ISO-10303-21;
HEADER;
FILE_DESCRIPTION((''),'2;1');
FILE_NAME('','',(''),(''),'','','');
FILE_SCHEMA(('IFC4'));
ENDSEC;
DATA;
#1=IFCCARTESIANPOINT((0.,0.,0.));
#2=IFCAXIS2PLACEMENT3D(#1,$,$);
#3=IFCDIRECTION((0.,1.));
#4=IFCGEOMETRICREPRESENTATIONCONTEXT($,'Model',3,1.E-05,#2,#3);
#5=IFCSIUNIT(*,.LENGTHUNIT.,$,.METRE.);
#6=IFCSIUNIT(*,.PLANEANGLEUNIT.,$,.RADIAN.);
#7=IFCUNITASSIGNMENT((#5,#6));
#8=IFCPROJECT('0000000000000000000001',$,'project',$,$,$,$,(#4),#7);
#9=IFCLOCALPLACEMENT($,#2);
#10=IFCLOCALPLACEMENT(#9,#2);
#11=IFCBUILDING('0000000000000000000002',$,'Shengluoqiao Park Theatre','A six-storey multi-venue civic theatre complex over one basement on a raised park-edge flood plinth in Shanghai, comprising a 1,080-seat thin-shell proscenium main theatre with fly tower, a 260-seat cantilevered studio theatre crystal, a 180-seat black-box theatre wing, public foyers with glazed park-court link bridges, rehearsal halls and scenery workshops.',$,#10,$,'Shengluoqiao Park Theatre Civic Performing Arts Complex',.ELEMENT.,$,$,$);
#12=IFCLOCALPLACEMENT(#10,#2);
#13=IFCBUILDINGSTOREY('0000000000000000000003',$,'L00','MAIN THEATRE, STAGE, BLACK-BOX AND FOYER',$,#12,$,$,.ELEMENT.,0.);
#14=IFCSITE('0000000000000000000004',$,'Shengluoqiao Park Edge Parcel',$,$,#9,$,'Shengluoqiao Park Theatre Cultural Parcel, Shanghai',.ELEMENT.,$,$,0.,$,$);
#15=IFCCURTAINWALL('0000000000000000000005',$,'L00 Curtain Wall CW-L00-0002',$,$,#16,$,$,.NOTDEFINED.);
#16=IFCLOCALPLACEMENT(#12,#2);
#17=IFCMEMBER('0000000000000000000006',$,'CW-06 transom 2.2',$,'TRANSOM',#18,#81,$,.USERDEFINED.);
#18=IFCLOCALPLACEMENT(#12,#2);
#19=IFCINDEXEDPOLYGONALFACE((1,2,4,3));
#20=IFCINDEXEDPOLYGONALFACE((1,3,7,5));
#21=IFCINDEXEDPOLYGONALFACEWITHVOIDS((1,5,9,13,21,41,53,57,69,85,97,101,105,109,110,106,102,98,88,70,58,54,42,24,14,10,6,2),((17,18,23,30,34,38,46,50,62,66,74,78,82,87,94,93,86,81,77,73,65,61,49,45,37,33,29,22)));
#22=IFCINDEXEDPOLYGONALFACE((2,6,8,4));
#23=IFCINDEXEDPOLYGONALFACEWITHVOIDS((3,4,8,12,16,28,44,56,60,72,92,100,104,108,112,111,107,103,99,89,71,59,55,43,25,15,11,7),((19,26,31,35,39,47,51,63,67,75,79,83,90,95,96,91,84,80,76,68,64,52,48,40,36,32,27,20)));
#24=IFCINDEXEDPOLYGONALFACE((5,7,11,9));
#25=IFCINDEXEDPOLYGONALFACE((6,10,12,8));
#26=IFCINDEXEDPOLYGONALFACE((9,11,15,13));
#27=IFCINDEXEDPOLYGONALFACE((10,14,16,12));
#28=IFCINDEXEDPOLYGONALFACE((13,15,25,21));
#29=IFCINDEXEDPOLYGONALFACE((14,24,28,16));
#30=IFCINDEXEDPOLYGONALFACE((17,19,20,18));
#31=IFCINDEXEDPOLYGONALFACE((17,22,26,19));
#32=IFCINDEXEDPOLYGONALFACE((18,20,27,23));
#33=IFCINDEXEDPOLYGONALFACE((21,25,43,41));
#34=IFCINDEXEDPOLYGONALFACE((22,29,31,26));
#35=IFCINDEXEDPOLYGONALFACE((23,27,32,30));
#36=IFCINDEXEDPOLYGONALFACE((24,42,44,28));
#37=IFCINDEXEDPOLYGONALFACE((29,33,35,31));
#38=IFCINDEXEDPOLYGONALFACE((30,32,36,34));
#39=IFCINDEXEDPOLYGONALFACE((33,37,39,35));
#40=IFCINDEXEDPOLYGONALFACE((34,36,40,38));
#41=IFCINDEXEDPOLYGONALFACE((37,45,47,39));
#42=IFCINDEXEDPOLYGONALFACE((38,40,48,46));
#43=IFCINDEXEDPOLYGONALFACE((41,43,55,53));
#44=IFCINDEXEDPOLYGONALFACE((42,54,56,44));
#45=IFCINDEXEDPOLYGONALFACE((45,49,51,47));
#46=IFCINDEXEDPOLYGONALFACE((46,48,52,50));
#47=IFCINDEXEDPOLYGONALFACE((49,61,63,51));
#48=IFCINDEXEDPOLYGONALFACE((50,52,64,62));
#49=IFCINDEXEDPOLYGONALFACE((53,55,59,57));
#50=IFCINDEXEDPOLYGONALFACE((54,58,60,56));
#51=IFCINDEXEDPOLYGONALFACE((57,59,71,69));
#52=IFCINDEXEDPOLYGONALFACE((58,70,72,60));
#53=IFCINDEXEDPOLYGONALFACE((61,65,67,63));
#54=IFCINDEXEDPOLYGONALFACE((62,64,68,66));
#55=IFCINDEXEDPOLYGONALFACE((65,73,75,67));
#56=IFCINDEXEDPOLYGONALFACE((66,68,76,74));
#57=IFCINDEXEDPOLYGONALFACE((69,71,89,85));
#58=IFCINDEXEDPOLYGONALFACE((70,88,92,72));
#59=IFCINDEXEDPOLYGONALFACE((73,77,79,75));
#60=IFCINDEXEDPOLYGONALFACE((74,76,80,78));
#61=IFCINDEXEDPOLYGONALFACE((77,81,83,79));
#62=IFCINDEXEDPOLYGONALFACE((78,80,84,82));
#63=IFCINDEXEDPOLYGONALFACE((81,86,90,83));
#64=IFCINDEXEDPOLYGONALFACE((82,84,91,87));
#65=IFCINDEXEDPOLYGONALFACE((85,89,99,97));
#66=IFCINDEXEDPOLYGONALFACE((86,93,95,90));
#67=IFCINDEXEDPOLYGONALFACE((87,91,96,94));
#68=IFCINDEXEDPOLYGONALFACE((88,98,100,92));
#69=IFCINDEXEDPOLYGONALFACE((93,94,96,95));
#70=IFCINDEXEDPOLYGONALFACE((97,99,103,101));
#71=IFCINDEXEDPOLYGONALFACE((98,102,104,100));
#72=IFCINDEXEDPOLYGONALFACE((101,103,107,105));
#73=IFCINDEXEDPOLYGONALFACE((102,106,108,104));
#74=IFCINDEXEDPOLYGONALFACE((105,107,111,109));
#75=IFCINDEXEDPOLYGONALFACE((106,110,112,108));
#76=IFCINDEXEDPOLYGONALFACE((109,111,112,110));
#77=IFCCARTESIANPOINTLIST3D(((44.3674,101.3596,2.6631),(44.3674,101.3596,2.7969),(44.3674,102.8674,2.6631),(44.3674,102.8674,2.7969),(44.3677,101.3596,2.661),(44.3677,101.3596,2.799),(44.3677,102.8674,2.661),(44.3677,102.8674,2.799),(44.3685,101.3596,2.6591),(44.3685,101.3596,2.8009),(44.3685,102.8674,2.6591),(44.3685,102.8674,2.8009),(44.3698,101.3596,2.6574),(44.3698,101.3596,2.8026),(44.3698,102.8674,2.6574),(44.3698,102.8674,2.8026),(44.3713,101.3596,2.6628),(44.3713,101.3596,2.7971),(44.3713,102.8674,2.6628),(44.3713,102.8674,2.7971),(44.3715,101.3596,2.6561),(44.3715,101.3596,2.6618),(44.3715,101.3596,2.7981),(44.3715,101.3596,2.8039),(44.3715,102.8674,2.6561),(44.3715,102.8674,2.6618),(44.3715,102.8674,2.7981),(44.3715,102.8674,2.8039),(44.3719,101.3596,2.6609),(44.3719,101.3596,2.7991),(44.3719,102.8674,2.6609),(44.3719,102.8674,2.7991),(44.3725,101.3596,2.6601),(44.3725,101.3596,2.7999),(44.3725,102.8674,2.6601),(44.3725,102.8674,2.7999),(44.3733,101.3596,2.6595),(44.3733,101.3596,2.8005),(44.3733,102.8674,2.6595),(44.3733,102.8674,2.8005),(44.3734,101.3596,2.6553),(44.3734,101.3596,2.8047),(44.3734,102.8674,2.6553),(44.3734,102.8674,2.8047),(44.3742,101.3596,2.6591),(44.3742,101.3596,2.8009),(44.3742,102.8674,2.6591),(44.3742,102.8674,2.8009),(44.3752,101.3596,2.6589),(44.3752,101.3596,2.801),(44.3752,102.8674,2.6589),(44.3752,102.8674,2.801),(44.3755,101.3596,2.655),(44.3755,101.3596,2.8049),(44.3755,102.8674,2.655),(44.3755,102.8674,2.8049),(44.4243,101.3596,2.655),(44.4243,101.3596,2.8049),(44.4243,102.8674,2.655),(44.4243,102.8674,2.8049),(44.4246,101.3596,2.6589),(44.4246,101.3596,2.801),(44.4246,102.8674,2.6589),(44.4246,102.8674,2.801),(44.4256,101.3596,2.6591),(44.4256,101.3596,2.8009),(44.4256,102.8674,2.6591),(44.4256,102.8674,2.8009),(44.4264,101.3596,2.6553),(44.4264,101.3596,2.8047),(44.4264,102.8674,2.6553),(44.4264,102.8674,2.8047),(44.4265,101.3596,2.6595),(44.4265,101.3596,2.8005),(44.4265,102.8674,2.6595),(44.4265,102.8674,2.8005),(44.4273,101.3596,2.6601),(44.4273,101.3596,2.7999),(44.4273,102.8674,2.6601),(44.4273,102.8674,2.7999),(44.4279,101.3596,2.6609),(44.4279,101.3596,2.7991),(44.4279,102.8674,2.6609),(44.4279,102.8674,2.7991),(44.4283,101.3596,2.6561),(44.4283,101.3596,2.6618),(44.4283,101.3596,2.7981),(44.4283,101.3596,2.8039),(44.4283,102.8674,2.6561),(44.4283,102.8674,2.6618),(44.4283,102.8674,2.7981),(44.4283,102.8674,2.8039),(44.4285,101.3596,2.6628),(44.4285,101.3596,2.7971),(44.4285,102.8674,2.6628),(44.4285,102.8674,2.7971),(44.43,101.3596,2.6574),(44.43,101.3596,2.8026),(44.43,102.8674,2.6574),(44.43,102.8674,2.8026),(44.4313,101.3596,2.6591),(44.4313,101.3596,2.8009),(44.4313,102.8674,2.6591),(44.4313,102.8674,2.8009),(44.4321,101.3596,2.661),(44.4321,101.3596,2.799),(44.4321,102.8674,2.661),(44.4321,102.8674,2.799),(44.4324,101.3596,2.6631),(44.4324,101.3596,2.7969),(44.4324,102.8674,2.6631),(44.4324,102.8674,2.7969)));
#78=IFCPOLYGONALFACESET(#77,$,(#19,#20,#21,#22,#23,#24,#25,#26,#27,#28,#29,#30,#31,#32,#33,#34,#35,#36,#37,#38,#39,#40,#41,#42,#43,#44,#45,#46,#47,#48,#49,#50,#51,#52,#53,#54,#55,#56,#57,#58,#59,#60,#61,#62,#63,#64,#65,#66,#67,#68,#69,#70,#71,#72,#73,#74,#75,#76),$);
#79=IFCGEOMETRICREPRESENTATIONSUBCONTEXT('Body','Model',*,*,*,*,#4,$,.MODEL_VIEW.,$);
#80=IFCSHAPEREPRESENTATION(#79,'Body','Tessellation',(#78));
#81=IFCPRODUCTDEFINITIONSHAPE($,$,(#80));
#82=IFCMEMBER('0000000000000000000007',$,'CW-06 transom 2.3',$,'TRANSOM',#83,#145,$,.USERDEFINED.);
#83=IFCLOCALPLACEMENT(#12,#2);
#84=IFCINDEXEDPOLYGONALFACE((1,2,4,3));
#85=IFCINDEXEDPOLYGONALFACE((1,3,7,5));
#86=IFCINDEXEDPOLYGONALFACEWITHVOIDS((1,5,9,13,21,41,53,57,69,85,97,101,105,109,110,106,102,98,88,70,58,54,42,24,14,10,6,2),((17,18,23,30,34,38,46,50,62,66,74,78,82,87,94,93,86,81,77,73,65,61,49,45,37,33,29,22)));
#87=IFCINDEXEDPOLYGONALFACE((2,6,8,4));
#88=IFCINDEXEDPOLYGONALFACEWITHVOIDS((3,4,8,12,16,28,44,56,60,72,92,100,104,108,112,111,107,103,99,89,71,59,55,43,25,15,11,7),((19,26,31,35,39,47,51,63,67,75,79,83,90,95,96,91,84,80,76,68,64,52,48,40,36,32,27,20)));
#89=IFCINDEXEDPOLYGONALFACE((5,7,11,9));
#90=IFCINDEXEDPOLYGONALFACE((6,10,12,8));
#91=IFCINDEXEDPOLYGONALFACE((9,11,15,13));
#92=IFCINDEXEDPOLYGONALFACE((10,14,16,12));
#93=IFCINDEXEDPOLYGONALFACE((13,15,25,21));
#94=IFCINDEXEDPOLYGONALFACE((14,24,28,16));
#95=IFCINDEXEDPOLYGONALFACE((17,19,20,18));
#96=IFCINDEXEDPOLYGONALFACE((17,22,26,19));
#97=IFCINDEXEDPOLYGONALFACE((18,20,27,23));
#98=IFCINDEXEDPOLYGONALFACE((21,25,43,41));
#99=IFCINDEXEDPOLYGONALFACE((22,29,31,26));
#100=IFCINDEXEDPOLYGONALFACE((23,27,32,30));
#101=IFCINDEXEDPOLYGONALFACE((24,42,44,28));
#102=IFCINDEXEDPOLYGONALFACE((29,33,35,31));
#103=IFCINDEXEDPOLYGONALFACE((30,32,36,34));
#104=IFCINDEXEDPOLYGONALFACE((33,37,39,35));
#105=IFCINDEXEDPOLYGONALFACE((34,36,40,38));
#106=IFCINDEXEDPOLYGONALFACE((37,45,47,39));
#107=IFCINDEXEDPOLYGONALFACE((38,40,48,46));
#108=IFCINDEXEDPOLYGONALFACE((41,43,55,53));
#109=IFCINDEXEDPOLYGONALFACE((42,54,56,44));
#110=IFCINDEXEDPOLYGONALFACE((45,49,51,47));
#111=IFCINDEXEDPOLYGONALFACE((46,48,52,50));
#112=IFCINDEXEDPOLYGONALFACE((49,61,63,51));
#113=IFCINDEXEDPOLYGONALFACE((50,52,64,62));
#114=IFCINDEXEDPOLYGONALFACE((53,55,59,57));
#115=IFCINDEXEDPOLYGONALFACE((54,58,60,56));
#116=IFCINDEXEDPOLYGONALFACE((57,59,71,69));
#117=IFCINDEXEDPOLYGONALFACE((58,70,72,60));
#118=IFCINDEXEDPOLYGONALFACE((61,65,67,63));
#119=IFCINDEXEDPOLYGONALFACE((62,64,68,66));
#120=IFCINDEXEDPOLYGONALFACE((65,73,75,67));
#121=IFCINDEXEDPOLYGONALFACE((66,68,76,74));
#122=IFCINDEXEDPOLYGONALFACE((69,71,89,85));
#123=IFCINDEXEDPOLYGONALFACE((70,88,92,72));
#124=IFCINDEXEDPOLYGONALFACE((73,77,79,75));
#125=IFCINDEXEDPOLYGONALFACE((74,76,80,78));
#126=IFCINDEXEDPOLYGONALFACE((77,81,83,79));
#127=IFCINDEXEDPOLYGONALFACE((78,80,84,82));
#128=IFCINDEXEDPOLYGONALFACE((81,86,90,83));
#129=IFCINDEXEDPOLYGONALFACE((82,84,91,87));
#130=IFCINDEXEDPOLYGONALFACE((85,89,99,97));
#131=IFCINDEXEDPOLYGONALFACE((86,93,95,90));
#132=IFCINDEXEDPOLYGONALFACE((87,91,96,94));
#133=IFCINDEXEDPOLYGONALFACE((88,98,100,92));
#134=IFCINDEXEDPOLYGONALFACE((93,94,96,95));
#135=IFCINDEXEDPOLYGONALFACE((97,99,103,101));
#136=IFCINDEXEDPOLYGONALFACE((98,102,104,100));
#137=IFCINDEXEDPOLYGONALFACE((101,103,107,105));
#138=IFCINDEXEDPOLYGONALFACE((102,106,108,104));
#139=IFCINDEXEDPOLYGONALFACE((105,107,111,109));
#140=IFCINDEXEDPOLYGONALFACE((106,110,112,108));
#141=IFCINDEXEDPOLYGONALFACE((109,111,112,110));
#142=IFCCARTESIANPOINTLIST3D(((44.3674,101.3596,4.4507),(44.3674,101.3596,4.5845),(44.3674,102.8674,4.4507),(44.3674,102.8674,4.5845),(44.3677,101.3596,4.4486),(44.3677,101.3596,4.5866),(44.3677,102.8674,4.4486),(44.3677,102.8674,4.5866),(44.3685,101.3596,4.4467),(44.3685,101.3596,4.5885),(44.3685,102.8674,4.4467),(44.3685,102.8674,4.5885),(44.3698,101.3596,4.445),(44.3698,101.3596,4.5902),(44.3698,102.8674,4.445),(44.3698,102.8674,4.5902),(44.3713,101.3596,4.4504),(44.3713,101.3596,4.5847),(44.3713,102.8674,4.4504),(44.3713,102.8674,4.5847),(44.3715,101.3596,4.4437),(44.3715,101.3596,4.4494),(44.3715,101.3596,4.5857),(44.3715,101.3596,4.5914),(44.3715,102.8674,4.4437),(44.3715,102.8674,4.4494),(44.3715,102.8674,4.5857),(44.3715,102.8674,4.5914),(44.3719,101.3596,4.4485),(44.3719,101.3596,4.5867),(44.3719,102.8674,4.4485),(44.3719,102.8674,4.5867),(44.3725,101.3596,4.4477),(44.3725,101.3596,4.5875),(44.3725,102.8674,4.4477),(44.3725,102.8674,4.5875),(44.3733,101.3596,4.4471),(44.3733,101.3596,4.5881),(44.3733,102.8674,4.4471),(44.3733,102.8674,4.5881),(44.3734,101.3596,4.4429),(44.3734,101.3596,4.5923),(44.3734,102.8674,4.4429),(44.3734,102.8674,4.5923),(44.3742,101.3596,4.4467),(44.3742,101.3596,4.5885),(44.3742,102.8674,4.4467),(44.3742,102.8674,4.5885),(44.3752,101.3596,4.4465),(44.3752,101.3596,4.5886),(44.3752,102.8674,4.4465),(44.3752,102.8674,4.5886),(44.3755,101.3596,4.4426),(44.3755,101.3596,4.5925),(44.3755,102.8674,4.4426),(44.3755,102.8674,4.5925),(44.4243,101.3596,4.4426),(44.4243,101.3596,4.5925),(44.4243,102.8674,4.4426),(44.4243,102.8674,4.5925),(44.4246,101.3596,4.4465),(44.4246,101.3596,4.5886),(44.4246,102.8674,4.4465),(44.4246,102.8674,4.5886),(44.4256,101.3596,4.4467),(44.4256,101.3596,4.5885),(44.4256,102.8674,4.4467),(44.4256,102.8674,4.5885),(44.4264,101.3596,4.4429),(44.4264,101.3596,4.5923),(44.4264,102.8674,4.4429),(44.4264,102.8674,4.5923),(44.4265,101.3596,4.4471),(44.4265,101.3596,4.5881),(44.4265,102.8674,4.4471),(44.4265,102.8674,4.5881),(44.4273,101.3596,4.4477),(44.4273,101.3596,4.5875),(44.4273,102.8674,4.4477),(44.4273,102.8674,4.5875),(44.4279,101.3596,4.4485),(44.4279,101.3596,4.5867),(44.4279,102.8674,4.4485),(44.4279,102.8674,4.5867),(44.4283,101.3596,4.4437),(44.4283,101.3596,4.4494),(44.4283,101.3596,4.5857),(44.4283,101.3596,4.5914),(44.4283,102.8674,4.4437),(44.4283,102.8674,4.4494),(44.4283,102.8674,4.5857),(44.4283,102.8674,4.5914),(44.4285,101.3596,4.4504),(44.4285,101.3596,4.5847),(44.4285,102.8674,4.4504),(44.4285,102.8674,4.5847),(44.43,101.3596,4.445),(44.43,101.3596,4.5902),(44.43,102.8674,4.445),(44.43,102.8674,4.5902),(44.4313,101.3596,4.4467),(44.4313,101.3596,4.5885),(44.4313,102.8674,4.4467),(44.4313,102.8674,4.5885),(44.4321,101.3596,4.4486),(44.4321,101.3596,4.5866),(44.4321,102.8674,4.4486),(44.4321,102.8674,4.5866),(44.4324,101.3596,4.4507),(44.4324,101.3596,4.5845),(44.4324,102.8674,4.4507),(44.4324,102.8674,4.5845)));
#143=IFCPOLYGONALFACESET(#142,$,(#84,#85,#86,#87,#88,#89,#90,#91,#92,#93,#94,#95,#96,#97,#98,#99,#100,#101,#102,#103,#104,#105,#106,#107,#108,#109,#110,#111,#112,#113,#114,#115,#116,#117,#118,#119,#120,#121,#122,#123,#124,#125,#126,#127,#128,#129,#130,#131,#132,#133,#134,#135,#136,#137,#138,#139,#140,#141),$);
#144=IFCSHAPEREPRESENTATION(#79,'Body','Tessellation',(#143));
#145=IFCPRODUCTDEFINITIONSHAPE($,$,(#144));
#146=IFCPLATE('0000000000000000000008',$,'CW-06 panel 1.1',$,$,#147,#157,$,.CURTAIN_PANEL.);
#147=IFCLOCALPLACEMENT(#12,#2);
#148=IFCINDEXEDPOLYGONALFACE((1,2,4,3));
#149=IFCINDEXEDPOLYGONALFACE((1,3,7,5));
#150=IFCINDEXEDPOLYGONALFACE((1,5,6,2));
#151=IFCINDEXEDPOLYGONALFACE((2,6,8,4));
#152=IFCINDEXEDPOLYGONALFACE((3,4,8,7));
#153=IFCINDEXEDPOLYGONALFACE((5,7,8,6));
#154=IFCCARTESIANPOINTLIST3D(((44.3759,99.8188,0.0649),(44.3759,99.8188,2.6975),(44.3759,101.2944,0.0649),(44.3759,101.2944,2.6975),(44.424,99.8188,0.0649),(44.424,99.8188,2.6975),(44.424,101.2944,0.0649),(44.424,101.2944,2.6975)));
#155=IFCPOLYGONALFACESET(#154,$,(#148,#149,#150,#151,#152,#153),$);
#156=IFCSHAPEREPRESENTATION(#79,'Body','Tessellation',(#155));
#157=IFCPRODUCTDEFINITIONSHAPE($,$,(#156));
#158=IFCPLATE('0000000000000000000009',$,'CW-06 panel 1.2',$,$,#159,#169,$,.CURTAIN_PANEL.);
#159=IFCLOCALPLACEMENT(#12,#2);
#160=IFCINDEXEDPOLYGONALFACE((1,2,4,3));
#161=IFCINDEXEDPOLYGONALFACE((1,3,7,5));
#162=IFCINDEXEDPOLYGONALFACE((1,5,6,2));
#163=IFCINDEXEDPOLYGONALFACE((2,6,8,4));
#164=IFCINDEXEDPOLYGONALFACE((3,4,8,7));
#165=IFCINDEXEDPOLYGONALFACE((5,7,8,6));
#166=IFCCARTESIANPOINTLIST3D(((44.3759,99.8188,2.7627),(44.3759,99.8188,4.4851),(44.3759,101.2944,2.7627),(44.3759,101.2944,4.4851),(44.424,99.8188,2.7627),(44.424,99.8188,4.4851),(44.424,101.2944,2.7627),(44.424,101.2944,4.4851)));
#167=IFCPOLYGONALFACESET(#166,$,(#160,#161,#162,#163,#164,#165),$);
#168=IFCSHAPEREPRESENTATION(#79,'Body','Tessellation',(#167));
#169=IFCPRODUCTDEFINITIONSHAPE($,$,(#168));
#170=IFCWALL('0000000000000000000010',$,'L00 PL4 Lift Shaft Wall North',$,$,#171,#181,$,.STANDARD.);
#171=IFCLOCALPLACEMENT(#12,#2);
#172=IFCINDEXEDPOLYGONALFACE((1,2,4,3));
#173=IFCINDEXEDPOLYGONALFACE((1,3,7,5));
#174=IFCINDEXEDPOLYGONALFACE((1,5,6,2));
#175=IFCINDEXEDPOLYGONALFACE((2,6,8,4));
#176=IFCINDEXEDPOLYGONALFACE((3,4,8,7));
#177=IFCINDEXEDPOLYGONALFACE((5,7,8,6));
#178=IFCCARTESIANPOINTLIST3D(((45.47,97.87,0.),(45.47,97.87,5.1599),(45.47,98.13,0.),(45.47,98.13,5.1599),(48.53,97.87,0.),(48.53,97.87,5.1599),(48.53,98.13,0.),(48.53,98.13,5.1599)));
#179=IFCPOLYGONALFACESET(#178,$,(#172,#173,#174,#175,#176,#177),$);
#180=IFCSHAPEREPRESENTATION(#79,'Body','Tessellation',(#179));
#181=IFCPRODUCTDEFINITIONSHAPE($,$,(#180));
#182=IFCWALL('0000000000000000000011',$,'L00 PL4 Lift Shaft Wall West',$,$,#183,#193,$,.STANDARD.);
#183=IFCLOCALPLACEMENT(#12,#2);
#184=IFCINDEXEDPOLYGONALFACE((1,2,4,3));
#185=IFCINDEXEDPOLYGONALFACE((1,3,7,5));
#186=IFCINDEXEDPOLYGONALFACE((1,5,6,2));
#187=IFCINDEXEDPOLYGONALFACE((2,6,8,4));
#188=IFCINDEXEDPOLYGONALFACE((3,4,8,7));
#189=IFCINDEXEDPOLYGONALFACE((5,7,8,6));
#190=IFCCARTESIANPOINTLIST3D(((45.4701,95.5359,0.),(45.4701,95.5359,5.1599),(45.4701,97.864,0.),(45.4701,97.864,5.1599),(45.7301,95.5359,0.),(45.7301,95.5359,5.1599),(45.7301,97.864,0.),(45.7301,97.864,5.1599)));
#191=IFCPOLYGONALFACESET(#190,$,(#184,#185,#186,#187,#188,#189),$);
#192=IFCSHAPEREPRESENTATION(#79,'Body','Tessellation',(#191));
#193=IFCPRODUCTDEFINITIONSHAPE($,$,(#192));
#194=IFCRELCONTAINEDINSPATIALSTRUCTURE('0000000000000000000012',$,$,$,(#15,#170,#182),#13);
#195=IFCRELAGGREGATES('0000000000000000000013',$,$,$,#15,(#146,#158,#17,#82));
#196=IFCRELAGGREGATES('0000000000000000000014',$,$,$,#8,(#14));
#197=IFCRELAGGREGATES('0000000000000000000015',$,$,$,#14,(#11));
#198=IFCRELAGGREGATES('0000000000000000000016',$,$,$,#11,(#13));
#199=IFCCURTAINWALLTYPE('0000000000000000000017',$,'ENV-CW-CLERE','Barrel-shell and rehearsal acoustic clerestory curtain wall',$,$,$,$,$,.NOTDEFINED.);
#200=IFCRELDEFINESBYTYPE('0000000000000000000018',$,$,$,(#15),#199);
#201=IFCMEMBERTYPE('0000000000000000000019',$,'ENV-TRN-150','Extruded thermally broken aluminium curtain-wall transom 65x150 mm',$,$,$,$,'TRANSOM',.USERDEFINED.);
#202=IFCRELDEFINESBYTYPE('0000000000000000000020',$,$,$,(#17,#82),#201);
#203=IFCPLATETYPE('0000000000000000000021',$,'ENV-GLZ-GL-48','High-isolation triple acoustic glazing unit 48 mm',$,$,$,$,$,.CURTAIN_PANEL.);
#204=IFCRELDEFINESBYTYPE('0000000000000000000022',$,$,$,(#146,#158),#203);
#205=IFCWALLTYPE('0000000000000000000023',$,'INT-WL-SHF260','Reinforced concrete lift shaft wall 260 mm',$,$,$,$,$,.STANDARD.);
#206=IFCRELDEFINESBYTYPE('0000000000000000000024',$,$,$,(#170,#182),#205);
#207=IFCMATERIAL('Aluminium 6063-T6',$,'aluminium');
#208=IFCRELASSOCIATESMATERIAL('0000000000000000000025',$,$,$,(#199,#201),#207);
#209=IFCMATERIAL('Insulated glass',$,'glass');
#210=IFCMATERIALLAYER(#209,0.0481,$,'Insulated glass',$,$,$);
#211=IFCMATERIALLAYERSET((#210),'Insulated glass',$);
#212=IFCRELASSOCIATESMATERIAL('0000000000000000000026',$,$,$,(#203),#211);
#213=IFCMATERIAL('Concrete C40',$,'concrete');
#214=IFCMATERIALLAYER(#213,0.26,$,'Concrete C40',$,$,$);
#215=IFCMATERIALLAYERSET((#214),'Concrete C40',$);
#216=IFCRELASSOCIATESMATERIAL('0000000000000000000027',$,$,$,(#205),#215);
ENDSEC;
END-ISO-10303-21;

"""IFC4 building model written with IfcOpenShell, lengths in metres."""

from ifc_helpers import new_model, si_unit, direction, frame, frame_2d, origin, origin_2d, place, context, subcontext, project, spatial, rectangle, hollow_rectangle, extrude, material, layer, layer_set, material_profile, profile_set, type_object, element, aggregate, save


model = new_model("IFC4")

# Units and contexts
model_context = context("Model", 3, precision=1e-05, world=origin(), true_north=direction((0.0, 1.0)))
body_context = subcontext(model_context, "Body", "Model", "MODEL_VIEW")
ifc_project = project(units=[si_unit("LENGTHUNIT", "METRE"), si_unit("PLANEANGLEUNIT", "RADIAN")], contexts=[model_context])

# Site, building, storey
site_placement = place(None, origin())
site = spatial("IfcSite", under=ifc_project, at=site_placement, Name="Shengluoqiao Park Edge Parcel", LongName="Shengluoqiao Park Theatre Cultural Parcel, Shanghai", CompositionType="ELEMENT", RefElevation=0.0)
building_placement = place(site_placement, origin())
building = spatial("IfcBuilding", under=site, at=building_placement, Name="Shengluoqiao Park Theatre", Description="A six-storey multi-venue civic theatre complex over one basement on a raised park-edge flood plinth in Shanghai, comprising a 1,080-seat thin-shell proscenium main theatre with fly tower, a 260-seat cantilevered studio theatre crystal, a 180-seat black-box theatre wing, public foyers with glazed park-court link bridges, rehearsal halls and scenery workshops.", LongName="Shengluoqiao Park Theatre Civic Performing Arts Complex", CompositionType="ELEMENT")
storey_placement = place(building_placement, origin())
storey = spatial("IfcBuildingStorey", under=building, at=storey_placement, Name="L00", Description="MAIN THEATRE, STAGE, BLACK-BOX AND FOYER", CompositionType="ELEMENT", Elevation=0.0)

# Curtain wall, members, plates
ifc_material_1 = material(Name="Aluminium 6063-T6", Category="aluminium")
curtain_wall_type = type_object("IfcCurtainWallType", Name="ENV-CW-CLERE", Description="Barrel-shell and rehearsal acoustic clerestory curtain wall", PredefinedType="NOTDEFINED", material=ifc_material_1)
curtain_wall_placement = place(storey_placement, origin())
curtain_wall = element("IfcCurtainWall", 1, at=curtain_wall_placement, inside=storey, type_object=curtain_wall_type, Name="L00 Curtain Wall CW-L00-0002", PredefinedType="NOTDEFINED")
ifc_material_profile_1 = material_profile(ifc_material_1, hollow_rectangle(XDim=0.0649, YDim=0.1499, WallThickness=0.0039, InnerFilletRadius=0.0039, OuterFilletRadius=0.0081, at=origin_2d()), Name="ALU TRANSOM 150x65x4")
ifc_profile_set_1 = profile_set([ifc_material_profile_1], Name="Aluminium 6063-T6")
member_type_1 = type_object("IfcMemberType", Name="ENV-TRN-150", Description="Extruded thermally broken aluminium curtain-wall transom 65x150 mm", ElementType="TRANSOM", PredefinedType="USERDEFINED", material=ifc_profile_set_1)
member_1_placement = place(storey_placement, frame((44.3999, 101.3596, 2.73), z_axis=(0.0, 1.0, 0.0), x_axis=(-1.0, 0.0, 0.0)))
member_1 = element("IfcMember", 2, at=member_1_placement, type_object=member_type_1, Name="CW-06 transom 2.2", ObjectType="TRANSOM", PredefinedType="USERDEFINED", context=body_context, shape_type="SweptSolid", body=[
    extrude(hollow_rectangle(XDim=0.0649, YDim=0.1499, WallThickness=0.0039, InnerFilletRadius=0.0039, OuterFilletRadius=0.0081, at=origin_2d()), origin(), (0.0, 0.0, 1.0), 1.5078),
])
member_2_placement = place(storey_placement, frame((44.3999, 101.3596, 4.5176), z_axis=(0.0, 1.0, 0.0), x_axis=(-1.0, 0.0, 0.0)))
member_2 = element("IfcMember", 3, at=member_2_placement, type_object=member_type_1, Name="CW-06 transom 2.3", ObjectType="TRANSOM", PredefinedType="USERDEFINED", context=body_context, shape_type="SweptSolid", body=[
    extrude(hollow_rectangle(XDim=0.0649, YDim=0.1499, WallThickness=0.0039, InnerFilletRadius=0.0039, OuterFilletRadius=0.0081, at=origin_2d()), origin(), (0.0, 0.0, 1.0), 1.5078),
])
ifc_material_2 = material(Name="Insulated glass", Category="glass")
ifc_layer_1 = layer(ifc_material_2, 0.0481, Name="Insulated glass")
ifc_layer_set_1 = layer_set([ifc_layer_1], Name="Insulated glass")
plate_type = type_object("IfcPlateType", Name="ENV-GLZ-GL-48", Description="High-isolation triple acoustic glazing unit 48 mm", PredefinedType="CURTAIN_PANEL", material=ifc_layer_set_1)
plate_1_placement = place(storey_placement, frame((44.3999, 100.5566, 0.0649), z_axis=(0.0, 0.0, 1.0), x_axis=(0.0, 1.0, 0.0)))
plate_1 = element("IfcPlate", 4, at=plate_1_placement, type_object=plate_type, Name="CW-06 panel 1.1", PredefinedType="CURTAIN_PANEL", context=body_context, shape_type="SweptSolid", body=[
    extrude(rectangle(XDim=1.4756, YDim=0.0481, at=origin_2d()), origin(), (0.0, 0.0, 1.0), 2.6326),
])
plate_2_placement = place(storey_placement, frame((44.3999, 100.5566, 2.7627), z_axis=(0.0, 0.0, 1.0), x_axis=(0.0, 1.0, 0.0)))
plate_2 = element("IfcPlate", 5, at=plate_2_placement, type_object=plate_type, Name="CW-06 panel 1.2", PredefinedType="CURTAIN_PANEL", context=body_context, shape_type="SweptSolid", body=[
    extrude(rectangle(XDim=1.4756, YDim=0.0481, at=origin_2d()), origin(), (0.0, 0.0, 1.0), 1.7224),
])
aggregate(curtain_wall, [plate_1, plate_2, member_1, member_2])

# Walls
ifc_material_3 = material(Name="Concrete C40", Category="concrete")
ifc_layer_2 = layer(ifc_material_3, 0.26, Name="Concrete C40")
ifc_layer_set_2 = layer_set([ifc_layer_2], Name="Concrete C40")
wall_type = type_object("IfcWallType", Name="INT-WL-SHF260", Description="Reinforced concrete lift shaft wall 260 mm", PredefinedType="STANDARD", material=ifc_layer_set_2)
wall_1_placement = place(storey_placement, frame((45.47, 98.0, 0.0), z_axis=(0.0, 0.0, 1.0), x_axis=(1.0, 0.0, 0.0)))
element("IfcWall", 6, at=wall_1_placement, inside=storey, type_object=wall_type, Name="L00 PL4 Lift Shaft Wall North", PredefinedType="STANDARD", context=body_context, shape_type="SweptSolid", body=[
    extrude(rectangle(XDim=3.0601, YDim=0.26, at=frame_2d((1.53, 0.0))), origin(), (0.0, 0.0, 1.0), 5.1599),
])
wall_2_placement = place(storey_placement, frame((45.6001, 95.5359, 0.0), z_axis=(0.0, 0.0, 1.0), x_axis=(0.0, 1.0, 0.0)))
element("IfcWall", 7, at=wall_2_placement, inside=storey, type_object=wall_type, Name="L00 PL4 Lift Shaft Wall West", PredefinedType="STANDARD", context=body_context, shape_type="SweptSolid", body=[
    extrude(rectangle(XDim=2.3281, YDim=0.26, at=frame_2d((1.1641, 0.0))), origin(), (0.0, 0.0, 1.0), 5.1599),
])

save(model, "model.ifc")
